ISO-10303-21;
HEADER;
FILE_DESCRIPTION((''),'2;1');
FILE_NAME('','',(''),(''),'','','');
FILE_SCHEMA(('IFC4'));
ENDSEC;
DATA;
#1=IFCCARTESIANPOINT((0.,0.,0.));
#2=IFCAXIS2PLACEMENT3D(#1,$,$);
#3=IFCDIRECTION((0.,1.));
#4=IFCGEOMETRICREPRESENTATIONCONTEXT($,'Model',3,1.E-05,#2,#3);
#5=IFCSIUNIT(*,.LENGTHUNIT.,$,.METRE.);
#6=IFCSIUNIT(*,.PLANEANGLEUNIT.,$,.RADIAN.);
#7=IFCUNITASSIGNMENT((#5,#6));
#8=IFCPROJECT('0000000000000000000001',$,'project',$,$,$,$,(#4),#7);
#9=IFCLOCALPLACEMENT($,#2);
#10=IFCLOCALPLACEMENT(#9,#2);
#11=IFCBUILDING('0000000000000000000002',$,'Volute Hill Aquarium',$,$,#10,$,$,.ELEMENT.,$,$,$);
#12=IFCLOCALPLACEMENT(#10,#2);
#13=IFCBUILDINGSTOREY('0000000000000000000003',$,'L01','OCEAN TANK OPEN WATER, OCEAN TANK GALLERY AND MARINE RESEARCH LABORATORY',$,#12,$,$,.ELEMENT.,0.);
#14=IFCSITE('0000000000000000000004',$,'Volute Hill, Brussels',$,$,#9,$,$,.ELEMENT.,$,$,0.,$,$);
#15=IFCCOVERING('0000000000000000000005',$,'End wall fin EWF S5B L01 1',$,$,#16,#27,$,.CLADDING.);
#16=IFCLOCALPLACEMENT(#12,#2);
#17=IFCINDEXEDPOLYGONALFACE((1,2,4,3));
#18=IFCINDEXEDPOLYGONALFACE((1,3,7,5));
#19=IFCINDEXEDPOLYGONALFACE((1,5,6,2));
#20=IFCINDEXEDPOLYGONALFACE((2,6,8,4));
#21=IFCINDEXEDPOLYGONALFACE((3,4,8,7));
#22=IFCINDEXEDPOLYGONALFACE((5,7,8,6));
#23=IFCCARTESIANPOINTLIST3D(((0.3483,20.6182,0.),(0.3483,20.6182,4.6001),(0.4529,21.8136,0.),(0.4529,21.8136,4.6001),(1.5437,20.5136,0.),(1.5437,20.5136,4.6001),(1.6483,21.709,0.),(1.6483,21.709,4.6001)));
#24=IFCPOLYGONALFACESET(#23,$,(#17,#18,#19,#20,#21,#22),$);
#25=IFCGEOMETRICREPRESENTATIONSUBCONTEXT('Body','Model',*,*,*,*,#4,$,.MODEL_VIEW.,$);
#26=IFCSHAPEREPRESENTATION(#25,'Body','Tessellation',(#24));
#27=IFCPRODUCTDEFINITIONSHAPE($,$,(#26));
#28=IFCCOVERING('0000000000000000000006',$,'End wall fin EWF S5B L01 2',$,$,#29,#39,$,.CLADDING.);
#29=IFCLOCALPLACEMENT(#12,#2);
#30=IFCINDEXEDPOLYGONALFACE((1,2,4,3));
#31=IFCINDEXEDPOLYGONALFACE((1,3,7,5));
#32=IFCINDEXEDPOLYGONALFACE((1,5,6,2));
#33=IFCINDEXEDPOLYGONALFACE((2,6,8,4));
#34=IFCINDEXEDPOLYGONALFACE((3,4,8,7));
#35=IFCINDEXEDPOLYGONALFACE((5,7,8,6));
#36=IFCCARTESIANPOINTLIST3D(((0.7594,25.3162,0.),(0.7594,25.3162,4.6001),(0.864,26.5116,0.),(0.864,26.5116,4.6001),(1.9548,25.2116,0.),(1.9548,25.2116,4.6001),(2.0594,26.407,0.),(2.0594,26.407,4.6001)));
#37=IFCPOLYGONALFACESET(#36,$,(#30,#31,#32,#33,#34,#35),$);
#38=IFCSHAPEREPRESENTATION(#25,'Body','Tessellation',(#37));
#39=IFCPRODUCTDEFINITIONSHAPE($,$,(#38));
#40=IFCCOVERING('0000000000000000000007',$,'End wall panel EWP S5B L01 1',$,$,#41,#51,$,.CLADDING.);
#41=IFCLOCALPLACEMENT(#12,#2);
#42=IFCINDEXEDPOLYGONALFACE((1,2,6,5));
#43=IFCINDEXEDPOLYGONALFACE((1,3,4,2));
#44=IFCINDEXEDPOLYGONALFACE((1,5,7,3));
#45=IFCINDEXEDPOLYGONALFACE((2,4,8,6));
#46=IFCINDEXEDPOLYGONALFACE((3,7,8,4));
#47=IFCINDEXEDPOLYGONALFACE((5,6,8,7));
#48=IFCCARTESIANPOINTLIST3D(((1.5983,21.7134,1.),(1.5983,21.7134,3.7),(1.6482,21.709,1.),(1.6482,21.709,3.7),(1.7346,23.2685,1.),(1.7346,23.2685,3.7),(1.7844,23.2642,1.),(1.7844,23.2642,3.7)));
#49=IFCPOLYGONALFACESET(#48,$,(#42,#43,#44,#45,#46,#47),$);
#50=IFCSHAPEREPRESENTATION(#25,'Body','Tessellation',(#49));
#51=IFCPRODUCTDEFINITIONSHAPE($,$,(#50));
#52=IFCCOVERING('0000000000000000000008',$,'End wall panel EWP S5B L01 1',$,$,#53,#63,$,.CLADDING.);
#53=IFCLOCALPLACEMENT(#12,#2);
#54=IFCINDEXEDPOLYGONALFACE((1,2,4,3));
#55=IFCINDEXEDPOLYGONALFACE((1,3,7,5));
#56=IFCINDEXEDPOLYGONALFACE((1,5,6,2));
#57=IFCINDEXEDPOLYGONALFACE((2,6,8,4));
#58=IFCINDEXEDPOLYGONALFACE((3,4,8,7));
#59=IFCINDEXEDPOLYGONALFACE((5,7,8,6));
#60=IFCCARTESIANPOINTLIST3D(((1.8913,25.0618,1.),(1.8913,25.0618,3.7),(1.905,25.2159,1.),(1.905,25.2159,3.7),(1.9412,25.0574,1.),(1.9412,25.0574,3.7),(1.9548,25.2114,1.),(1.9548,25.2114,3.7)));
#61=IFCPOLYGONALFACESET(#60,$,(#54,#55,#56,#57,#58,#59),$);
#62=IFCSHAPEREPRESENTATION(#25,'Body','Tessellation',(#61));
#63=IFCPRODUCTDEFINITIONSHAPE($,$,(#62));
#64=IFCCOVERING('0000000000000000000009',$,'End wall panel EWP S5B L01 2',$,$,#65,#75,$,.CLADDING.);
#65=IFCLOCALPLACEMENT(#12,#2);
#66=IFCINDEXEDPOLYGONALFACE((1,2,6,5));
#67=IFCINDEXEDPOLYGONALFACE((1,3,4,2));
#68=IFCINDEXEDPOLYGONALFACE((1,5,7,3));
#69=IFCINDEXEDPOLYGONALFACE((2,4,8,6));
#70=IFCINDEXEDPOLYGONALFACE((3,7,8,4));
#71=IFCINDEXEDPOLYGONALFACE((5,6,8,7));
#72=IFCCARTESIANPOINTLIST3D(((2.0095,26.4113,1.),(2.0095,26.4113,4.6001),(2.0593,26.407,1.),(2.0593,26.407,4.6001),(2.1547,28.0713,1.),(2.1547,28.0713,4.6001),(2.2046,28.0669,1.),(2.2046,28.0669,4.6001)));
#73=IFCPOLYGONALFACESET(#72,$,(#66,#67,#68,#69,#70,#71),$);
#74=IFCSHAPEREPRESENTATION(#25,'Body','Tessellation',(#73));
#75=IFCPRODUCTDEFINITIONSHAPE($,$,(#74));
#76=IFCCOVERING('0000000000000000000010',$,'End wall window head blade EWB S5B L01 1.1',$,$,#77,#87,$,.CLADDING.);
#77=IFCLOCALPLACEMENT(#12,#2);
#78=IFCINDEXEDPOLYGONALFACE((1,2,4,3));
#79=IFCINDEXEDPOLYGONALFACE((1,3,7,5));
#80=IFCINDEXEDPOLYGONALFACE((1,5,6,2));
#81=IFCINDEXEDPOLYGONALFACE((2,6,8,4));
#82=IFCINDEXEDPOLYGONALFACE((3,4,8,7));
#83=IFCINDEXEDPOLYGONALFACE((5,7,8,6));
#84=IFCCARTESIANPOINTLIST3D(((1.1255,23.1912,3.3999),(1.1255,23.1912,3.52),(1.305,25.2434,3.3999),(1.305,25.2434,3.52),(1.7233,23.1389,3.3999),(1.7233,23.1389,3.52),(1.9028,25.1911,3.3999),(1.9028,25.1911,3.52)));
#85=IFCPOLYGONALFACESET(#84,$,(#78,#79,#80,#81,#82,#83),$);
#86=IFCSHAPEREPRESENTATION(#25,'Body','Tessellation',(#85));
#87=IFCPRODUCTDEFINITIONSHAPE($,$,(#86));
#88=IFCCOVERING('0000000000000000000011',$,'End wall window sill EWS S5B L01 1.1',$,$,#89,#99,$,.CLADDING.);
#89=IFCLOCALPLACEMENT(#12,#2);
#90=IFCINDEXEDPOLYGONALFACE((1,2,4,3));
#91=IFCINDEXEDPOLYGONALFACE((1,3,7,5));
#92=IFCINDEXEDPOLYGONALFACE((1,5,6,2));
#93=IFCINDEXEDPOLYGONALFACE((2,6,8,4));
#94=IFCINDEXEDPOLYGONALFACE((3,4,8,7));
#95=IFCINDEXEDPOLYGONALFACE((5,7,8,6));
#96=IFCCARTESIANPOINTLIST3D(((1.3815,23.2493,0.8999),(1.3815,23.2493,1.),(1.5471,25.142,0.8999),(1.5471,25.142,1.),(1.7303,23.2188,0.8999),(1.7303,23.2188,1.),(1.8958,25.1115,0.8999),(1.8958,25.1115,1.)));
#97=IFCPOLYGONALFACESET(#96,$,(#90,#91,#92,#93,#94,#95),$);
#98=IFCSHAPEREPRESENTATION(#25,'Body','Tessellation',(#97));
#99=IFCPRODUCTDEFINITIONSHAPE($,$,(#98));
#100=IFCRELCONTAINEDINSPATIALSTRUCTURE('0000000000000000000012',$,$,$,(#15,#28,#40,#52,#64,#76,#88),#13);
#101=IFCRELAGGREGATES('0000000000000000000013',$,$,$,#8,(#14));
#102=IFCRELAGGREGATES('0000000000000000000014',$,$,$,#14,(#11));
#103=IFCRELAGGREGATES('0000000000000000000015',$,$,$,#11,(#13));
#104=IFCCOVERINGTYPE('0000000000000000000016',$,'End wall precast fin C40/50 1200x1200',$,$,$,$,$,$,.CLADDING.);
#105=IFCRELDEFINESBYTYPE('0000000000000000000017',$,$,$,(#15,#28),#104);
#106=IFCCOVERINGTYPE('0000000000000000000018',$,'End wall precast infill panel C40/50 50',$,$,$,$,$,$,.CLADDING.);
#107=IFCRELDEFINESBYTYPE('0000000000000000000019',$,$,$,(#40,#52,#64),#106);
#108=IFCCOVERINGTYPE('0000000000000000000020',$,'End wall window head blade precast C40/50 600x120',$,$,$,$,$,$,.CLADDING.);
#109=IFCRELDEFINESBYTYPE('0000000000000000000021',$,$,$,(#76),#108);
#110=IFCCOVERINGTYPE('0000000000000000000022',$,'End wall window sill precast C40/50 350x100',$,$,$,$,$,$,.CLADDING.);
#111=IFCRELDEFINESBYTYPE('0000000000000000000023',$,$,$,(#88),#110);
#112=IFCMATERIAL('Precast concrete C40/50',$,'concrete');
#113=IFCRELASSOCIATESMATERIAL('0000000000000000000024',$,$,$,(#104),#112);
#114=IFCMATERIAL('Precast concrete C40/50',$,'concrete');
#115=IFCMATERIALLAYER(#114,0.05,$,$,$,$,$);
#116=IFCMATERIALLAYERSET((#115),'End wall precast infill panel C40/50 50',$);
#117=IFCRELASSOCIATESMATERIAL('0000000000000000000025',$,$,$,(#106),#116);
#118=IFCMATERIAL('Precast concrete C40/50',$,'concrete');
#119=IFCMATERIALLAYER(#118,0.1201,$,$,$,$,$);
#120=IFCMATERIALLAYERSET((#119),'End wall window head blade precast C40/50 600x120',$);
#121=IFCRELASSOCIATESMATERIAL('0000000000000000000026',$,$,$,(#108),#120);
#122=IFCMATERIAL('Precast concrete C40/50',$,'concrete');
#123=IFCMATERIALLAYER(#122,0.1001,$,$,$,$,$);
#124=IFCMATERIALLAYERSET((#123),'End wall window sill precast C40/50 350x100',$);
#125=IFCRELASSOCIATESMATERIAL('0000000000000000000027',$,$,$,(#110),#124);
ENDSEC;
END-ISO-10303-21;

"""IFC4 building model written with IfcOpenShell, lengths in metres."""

from ifc_helpers import new_model, si_unit, direction, frame, origin, origin_2d, place, context, subcontext, project, spatial, polyline, rectangle, outline, extrude, material, layer, layer_set, type_object, element, save


model = new_model("IFC4")

# Units and contexts
model_context = context("Model", 3, precision=1e-05, world=origin(), true_north=direction((0.0, 1.0)))
body_context = subcontext(model_context, "Body", "Model", "MODEL_VIEW")
ifc_project = project(units=[si_unit("LENGTHUNIT", "METRE"), si_unit("PLANEANGLEUNIT", "RADIAN")], contexts=[model_context])

# Site, building, storey
site_placement = place(None, origin())
site = spatial("IfcSite", under=ifc_project, at=site_placement, Name="Volute Hill, Brussels", CompositionType="ELEMENT", RefElevation=0.0)
building_placement = place(site_placement, origin())
building = spatial("IfcBuilding", under=site, at=building_placement, Name="Volute Hill Aquarium", CompositionType="ELEMENT")
storey_placement = place(building_placement, origin())
storey = spatial("IfcBuildingStorey", under=building, at=storey_placement, Name="L01", Description="OCEAN TANK OPEN WATER, OCEAN TANK GALLERY AND MARINE RESEARCH LABORATORY", CompositionType="ELEMENT", Elevation=0.0)

# Coverings
ifc_material_1 = material(Name="Precast concrete C40/50", Category="concrete")
covering_type_1 = type_object("IfcCoveringType", Name="End wall precast fin C40/50 1200x1200", PredefinedType="CLADDING", material=ifc_material_1)
for number, where, z_axis, x_axis, name in (
    (1, (0.9983, 21.1636, 0.0), (0.0, 0.0, 1.0), (0.087157, 0.996195, 0.0), "End wall fin EWF S5B L01 1"),
    (2, (1.4094, 25.8616, 0.0), (0.0, 0.0, 1.0), (0.087157, 0.996195, 0.0), "End wall fin EWF S5B L01 2"),
):
    element("IfcCovering", number, at=place(storey_placement, frame(where, z_axis=z_axis, x_axis=x_axis)), inside=storey, type_object=covering_type_1, Name=name, PredefinedType="CLADDING", context=body_context, shape_type="SweptSolid", body=[
        extrude(rectangle(XDim=1.2, YDim=1.2, at=origin_2d()), origin(), (0.0, 0.0, 1.0), 4.6001),
    ])
ifc_material_2 = material(Name="Precast concrete C40/50", Category="concrete")
ifc_layer_1 = layer(ifc_material_2, 0.05)
ifc_layer_set_1 = layer_set([ifc_layer_1], Name="End wall precast infill panel C40/50 50")
covering_type_2 = type_object("IfcCoveringType", Name="End wall precast infill panel C40/50 50", PredefinedType="CLADDING", material=ifc_layer_set_1)
covering_1_placement = place(storey_placement, frame((1.6482, 21.709, 1.0), z_axis=(0.996185, -0.087264, 0.0), x_axis=(0.087264, 0.996185, 0.0)))
element("IfcCovering", 3, at=covering_1_placement, inside=storey, type_object=covering_type_2, Name="End wall panel EWP S5B L01 1", PredefinedType="CLADDING", context=body_context, shape_type="SweptSolid", body=[
    extrude(outline(polyline([(0.0, 0.0), (1.5611, 0.0), (1.5611, 2.7), (0.0, 2.7), (0.0, 0.0)])), origin(), (0.0, 0.0, -1.0), 0.05),
])
covering_2_placement = place(storey_placement, frame((1.9412, 25.0574, 1.0), z_axis=(0.996085, -0.088401, 0.0), x_axis=(0.088401, 0.996085, 0.0)))
element("IfcCovering", 4, at=covering_2_placement, inside=storey, type_object=covering_type_2, Name="End wall panel EWP S5B L01 1", PredefinedType="CLADDING", context=body_context, shape_type="SweptSolid", body=[
    extrude(outline(polyline([(0.0, 0.0), (0.1547, 0.0), (0.1547, 2.7), (0.0, 2.7), (0.0, 0.0)])), origin(), (0.0, 0.0, -1.0), 0.05),
])
covering_3_placement = place(storey_placement, frame((2.0593, 26.407, 1.0), z_axis=(0.996193, -0.08718, 0.0), x_axis=(0.08718, 0.996193, 0.0)))
element("IfcCovering", 5, at=covering_3_placement, inside=storey, type_object=covering_type_2, Name="End wall panel EWP S5B L01 2", PredefinedType="CLADDING", context=body_context, shape_type="SweptSolid", body=[
    extrude(outline(polyline([(0.0, 0.0), (1.6663, 0.0), (1.6663, 3.6001), (0.0, 3.6001), (0.0, 0.0)])), origin(), (0.0, 0.0, -1.0), 0.05),
])
ifc_material_3 = material(Name="Precast concrete C40/50", Category="concrete")
ifc_layer_2 = layer(ifc_material_3, 0.1201)
ifc_layer_set_2 = layer_set([ifc_layer_2], Name="End wall window head blade precast C40/50 600x120")
covering_type_3 = type_object("IfcCoveringType", Name="End wall window head blade precast C40/50 600x120", PredefinedType="CLADDING", material=ifc_layer_set_2)
covering_4_placement = place(storey_placement, frame((1.5142, 24.1912, 3.3999), z_axis=(0.0, 0.0, 1.0), x_axis=(0.087157, 0.996195, 0.0)))
element("IfcCovering", 6, at=covering_4_placement, inside=storey, type_object=covering_type_3, Name="End wall window head blade EWB S5B L01 1.1", PredefinedType="CLADDING", context=body_context, shape_type="SweptSolid", body=[
    extrude(rectangle(XDim=2.0601, YDim=0.6001, at=origin_2d()), origin(), (0.0, 0.0, 1.0), 0.1201),
])
ifc_material_4 = material(Name="Precast concrete C40/50", Category="concrete")
ifc_layer_3 = layer(ifc_material_4, 0.1001)
ifc_layer_set_3 = layer_set([ifc_layer_3], Name="End wall window sill precast C40/50 350x100")
covering_type_4 = type_object("IfcCoveringType", Name="End wall window sill precast C40/50 350x100", PredefinedType="CLADDING", material=ifc_layer_set_3)
covering_5_placement = place(storey_placement, frame((1.6387, 24.1804, 0.8999), z_axis=(0.0, 0.0, 1.0), x_axis=(0.087157, 0.996195, 0.0)))
element("IfcCovering", 7, at=covering_5_placement, inside=storey, type_object=covering_type_4, Name="End wall window sill EWS S5B L01 1.1", PredefinedType="CLADDING", context=body_context, shape_type="SweptSolid", body=[
    extrude(rectangle(XDim=1.8999, YDim=0.3501, at=origin_2d()), origin(), (0.0, 0.0, 1.0), 0.1001),
])

save(model, "model.ifc")
